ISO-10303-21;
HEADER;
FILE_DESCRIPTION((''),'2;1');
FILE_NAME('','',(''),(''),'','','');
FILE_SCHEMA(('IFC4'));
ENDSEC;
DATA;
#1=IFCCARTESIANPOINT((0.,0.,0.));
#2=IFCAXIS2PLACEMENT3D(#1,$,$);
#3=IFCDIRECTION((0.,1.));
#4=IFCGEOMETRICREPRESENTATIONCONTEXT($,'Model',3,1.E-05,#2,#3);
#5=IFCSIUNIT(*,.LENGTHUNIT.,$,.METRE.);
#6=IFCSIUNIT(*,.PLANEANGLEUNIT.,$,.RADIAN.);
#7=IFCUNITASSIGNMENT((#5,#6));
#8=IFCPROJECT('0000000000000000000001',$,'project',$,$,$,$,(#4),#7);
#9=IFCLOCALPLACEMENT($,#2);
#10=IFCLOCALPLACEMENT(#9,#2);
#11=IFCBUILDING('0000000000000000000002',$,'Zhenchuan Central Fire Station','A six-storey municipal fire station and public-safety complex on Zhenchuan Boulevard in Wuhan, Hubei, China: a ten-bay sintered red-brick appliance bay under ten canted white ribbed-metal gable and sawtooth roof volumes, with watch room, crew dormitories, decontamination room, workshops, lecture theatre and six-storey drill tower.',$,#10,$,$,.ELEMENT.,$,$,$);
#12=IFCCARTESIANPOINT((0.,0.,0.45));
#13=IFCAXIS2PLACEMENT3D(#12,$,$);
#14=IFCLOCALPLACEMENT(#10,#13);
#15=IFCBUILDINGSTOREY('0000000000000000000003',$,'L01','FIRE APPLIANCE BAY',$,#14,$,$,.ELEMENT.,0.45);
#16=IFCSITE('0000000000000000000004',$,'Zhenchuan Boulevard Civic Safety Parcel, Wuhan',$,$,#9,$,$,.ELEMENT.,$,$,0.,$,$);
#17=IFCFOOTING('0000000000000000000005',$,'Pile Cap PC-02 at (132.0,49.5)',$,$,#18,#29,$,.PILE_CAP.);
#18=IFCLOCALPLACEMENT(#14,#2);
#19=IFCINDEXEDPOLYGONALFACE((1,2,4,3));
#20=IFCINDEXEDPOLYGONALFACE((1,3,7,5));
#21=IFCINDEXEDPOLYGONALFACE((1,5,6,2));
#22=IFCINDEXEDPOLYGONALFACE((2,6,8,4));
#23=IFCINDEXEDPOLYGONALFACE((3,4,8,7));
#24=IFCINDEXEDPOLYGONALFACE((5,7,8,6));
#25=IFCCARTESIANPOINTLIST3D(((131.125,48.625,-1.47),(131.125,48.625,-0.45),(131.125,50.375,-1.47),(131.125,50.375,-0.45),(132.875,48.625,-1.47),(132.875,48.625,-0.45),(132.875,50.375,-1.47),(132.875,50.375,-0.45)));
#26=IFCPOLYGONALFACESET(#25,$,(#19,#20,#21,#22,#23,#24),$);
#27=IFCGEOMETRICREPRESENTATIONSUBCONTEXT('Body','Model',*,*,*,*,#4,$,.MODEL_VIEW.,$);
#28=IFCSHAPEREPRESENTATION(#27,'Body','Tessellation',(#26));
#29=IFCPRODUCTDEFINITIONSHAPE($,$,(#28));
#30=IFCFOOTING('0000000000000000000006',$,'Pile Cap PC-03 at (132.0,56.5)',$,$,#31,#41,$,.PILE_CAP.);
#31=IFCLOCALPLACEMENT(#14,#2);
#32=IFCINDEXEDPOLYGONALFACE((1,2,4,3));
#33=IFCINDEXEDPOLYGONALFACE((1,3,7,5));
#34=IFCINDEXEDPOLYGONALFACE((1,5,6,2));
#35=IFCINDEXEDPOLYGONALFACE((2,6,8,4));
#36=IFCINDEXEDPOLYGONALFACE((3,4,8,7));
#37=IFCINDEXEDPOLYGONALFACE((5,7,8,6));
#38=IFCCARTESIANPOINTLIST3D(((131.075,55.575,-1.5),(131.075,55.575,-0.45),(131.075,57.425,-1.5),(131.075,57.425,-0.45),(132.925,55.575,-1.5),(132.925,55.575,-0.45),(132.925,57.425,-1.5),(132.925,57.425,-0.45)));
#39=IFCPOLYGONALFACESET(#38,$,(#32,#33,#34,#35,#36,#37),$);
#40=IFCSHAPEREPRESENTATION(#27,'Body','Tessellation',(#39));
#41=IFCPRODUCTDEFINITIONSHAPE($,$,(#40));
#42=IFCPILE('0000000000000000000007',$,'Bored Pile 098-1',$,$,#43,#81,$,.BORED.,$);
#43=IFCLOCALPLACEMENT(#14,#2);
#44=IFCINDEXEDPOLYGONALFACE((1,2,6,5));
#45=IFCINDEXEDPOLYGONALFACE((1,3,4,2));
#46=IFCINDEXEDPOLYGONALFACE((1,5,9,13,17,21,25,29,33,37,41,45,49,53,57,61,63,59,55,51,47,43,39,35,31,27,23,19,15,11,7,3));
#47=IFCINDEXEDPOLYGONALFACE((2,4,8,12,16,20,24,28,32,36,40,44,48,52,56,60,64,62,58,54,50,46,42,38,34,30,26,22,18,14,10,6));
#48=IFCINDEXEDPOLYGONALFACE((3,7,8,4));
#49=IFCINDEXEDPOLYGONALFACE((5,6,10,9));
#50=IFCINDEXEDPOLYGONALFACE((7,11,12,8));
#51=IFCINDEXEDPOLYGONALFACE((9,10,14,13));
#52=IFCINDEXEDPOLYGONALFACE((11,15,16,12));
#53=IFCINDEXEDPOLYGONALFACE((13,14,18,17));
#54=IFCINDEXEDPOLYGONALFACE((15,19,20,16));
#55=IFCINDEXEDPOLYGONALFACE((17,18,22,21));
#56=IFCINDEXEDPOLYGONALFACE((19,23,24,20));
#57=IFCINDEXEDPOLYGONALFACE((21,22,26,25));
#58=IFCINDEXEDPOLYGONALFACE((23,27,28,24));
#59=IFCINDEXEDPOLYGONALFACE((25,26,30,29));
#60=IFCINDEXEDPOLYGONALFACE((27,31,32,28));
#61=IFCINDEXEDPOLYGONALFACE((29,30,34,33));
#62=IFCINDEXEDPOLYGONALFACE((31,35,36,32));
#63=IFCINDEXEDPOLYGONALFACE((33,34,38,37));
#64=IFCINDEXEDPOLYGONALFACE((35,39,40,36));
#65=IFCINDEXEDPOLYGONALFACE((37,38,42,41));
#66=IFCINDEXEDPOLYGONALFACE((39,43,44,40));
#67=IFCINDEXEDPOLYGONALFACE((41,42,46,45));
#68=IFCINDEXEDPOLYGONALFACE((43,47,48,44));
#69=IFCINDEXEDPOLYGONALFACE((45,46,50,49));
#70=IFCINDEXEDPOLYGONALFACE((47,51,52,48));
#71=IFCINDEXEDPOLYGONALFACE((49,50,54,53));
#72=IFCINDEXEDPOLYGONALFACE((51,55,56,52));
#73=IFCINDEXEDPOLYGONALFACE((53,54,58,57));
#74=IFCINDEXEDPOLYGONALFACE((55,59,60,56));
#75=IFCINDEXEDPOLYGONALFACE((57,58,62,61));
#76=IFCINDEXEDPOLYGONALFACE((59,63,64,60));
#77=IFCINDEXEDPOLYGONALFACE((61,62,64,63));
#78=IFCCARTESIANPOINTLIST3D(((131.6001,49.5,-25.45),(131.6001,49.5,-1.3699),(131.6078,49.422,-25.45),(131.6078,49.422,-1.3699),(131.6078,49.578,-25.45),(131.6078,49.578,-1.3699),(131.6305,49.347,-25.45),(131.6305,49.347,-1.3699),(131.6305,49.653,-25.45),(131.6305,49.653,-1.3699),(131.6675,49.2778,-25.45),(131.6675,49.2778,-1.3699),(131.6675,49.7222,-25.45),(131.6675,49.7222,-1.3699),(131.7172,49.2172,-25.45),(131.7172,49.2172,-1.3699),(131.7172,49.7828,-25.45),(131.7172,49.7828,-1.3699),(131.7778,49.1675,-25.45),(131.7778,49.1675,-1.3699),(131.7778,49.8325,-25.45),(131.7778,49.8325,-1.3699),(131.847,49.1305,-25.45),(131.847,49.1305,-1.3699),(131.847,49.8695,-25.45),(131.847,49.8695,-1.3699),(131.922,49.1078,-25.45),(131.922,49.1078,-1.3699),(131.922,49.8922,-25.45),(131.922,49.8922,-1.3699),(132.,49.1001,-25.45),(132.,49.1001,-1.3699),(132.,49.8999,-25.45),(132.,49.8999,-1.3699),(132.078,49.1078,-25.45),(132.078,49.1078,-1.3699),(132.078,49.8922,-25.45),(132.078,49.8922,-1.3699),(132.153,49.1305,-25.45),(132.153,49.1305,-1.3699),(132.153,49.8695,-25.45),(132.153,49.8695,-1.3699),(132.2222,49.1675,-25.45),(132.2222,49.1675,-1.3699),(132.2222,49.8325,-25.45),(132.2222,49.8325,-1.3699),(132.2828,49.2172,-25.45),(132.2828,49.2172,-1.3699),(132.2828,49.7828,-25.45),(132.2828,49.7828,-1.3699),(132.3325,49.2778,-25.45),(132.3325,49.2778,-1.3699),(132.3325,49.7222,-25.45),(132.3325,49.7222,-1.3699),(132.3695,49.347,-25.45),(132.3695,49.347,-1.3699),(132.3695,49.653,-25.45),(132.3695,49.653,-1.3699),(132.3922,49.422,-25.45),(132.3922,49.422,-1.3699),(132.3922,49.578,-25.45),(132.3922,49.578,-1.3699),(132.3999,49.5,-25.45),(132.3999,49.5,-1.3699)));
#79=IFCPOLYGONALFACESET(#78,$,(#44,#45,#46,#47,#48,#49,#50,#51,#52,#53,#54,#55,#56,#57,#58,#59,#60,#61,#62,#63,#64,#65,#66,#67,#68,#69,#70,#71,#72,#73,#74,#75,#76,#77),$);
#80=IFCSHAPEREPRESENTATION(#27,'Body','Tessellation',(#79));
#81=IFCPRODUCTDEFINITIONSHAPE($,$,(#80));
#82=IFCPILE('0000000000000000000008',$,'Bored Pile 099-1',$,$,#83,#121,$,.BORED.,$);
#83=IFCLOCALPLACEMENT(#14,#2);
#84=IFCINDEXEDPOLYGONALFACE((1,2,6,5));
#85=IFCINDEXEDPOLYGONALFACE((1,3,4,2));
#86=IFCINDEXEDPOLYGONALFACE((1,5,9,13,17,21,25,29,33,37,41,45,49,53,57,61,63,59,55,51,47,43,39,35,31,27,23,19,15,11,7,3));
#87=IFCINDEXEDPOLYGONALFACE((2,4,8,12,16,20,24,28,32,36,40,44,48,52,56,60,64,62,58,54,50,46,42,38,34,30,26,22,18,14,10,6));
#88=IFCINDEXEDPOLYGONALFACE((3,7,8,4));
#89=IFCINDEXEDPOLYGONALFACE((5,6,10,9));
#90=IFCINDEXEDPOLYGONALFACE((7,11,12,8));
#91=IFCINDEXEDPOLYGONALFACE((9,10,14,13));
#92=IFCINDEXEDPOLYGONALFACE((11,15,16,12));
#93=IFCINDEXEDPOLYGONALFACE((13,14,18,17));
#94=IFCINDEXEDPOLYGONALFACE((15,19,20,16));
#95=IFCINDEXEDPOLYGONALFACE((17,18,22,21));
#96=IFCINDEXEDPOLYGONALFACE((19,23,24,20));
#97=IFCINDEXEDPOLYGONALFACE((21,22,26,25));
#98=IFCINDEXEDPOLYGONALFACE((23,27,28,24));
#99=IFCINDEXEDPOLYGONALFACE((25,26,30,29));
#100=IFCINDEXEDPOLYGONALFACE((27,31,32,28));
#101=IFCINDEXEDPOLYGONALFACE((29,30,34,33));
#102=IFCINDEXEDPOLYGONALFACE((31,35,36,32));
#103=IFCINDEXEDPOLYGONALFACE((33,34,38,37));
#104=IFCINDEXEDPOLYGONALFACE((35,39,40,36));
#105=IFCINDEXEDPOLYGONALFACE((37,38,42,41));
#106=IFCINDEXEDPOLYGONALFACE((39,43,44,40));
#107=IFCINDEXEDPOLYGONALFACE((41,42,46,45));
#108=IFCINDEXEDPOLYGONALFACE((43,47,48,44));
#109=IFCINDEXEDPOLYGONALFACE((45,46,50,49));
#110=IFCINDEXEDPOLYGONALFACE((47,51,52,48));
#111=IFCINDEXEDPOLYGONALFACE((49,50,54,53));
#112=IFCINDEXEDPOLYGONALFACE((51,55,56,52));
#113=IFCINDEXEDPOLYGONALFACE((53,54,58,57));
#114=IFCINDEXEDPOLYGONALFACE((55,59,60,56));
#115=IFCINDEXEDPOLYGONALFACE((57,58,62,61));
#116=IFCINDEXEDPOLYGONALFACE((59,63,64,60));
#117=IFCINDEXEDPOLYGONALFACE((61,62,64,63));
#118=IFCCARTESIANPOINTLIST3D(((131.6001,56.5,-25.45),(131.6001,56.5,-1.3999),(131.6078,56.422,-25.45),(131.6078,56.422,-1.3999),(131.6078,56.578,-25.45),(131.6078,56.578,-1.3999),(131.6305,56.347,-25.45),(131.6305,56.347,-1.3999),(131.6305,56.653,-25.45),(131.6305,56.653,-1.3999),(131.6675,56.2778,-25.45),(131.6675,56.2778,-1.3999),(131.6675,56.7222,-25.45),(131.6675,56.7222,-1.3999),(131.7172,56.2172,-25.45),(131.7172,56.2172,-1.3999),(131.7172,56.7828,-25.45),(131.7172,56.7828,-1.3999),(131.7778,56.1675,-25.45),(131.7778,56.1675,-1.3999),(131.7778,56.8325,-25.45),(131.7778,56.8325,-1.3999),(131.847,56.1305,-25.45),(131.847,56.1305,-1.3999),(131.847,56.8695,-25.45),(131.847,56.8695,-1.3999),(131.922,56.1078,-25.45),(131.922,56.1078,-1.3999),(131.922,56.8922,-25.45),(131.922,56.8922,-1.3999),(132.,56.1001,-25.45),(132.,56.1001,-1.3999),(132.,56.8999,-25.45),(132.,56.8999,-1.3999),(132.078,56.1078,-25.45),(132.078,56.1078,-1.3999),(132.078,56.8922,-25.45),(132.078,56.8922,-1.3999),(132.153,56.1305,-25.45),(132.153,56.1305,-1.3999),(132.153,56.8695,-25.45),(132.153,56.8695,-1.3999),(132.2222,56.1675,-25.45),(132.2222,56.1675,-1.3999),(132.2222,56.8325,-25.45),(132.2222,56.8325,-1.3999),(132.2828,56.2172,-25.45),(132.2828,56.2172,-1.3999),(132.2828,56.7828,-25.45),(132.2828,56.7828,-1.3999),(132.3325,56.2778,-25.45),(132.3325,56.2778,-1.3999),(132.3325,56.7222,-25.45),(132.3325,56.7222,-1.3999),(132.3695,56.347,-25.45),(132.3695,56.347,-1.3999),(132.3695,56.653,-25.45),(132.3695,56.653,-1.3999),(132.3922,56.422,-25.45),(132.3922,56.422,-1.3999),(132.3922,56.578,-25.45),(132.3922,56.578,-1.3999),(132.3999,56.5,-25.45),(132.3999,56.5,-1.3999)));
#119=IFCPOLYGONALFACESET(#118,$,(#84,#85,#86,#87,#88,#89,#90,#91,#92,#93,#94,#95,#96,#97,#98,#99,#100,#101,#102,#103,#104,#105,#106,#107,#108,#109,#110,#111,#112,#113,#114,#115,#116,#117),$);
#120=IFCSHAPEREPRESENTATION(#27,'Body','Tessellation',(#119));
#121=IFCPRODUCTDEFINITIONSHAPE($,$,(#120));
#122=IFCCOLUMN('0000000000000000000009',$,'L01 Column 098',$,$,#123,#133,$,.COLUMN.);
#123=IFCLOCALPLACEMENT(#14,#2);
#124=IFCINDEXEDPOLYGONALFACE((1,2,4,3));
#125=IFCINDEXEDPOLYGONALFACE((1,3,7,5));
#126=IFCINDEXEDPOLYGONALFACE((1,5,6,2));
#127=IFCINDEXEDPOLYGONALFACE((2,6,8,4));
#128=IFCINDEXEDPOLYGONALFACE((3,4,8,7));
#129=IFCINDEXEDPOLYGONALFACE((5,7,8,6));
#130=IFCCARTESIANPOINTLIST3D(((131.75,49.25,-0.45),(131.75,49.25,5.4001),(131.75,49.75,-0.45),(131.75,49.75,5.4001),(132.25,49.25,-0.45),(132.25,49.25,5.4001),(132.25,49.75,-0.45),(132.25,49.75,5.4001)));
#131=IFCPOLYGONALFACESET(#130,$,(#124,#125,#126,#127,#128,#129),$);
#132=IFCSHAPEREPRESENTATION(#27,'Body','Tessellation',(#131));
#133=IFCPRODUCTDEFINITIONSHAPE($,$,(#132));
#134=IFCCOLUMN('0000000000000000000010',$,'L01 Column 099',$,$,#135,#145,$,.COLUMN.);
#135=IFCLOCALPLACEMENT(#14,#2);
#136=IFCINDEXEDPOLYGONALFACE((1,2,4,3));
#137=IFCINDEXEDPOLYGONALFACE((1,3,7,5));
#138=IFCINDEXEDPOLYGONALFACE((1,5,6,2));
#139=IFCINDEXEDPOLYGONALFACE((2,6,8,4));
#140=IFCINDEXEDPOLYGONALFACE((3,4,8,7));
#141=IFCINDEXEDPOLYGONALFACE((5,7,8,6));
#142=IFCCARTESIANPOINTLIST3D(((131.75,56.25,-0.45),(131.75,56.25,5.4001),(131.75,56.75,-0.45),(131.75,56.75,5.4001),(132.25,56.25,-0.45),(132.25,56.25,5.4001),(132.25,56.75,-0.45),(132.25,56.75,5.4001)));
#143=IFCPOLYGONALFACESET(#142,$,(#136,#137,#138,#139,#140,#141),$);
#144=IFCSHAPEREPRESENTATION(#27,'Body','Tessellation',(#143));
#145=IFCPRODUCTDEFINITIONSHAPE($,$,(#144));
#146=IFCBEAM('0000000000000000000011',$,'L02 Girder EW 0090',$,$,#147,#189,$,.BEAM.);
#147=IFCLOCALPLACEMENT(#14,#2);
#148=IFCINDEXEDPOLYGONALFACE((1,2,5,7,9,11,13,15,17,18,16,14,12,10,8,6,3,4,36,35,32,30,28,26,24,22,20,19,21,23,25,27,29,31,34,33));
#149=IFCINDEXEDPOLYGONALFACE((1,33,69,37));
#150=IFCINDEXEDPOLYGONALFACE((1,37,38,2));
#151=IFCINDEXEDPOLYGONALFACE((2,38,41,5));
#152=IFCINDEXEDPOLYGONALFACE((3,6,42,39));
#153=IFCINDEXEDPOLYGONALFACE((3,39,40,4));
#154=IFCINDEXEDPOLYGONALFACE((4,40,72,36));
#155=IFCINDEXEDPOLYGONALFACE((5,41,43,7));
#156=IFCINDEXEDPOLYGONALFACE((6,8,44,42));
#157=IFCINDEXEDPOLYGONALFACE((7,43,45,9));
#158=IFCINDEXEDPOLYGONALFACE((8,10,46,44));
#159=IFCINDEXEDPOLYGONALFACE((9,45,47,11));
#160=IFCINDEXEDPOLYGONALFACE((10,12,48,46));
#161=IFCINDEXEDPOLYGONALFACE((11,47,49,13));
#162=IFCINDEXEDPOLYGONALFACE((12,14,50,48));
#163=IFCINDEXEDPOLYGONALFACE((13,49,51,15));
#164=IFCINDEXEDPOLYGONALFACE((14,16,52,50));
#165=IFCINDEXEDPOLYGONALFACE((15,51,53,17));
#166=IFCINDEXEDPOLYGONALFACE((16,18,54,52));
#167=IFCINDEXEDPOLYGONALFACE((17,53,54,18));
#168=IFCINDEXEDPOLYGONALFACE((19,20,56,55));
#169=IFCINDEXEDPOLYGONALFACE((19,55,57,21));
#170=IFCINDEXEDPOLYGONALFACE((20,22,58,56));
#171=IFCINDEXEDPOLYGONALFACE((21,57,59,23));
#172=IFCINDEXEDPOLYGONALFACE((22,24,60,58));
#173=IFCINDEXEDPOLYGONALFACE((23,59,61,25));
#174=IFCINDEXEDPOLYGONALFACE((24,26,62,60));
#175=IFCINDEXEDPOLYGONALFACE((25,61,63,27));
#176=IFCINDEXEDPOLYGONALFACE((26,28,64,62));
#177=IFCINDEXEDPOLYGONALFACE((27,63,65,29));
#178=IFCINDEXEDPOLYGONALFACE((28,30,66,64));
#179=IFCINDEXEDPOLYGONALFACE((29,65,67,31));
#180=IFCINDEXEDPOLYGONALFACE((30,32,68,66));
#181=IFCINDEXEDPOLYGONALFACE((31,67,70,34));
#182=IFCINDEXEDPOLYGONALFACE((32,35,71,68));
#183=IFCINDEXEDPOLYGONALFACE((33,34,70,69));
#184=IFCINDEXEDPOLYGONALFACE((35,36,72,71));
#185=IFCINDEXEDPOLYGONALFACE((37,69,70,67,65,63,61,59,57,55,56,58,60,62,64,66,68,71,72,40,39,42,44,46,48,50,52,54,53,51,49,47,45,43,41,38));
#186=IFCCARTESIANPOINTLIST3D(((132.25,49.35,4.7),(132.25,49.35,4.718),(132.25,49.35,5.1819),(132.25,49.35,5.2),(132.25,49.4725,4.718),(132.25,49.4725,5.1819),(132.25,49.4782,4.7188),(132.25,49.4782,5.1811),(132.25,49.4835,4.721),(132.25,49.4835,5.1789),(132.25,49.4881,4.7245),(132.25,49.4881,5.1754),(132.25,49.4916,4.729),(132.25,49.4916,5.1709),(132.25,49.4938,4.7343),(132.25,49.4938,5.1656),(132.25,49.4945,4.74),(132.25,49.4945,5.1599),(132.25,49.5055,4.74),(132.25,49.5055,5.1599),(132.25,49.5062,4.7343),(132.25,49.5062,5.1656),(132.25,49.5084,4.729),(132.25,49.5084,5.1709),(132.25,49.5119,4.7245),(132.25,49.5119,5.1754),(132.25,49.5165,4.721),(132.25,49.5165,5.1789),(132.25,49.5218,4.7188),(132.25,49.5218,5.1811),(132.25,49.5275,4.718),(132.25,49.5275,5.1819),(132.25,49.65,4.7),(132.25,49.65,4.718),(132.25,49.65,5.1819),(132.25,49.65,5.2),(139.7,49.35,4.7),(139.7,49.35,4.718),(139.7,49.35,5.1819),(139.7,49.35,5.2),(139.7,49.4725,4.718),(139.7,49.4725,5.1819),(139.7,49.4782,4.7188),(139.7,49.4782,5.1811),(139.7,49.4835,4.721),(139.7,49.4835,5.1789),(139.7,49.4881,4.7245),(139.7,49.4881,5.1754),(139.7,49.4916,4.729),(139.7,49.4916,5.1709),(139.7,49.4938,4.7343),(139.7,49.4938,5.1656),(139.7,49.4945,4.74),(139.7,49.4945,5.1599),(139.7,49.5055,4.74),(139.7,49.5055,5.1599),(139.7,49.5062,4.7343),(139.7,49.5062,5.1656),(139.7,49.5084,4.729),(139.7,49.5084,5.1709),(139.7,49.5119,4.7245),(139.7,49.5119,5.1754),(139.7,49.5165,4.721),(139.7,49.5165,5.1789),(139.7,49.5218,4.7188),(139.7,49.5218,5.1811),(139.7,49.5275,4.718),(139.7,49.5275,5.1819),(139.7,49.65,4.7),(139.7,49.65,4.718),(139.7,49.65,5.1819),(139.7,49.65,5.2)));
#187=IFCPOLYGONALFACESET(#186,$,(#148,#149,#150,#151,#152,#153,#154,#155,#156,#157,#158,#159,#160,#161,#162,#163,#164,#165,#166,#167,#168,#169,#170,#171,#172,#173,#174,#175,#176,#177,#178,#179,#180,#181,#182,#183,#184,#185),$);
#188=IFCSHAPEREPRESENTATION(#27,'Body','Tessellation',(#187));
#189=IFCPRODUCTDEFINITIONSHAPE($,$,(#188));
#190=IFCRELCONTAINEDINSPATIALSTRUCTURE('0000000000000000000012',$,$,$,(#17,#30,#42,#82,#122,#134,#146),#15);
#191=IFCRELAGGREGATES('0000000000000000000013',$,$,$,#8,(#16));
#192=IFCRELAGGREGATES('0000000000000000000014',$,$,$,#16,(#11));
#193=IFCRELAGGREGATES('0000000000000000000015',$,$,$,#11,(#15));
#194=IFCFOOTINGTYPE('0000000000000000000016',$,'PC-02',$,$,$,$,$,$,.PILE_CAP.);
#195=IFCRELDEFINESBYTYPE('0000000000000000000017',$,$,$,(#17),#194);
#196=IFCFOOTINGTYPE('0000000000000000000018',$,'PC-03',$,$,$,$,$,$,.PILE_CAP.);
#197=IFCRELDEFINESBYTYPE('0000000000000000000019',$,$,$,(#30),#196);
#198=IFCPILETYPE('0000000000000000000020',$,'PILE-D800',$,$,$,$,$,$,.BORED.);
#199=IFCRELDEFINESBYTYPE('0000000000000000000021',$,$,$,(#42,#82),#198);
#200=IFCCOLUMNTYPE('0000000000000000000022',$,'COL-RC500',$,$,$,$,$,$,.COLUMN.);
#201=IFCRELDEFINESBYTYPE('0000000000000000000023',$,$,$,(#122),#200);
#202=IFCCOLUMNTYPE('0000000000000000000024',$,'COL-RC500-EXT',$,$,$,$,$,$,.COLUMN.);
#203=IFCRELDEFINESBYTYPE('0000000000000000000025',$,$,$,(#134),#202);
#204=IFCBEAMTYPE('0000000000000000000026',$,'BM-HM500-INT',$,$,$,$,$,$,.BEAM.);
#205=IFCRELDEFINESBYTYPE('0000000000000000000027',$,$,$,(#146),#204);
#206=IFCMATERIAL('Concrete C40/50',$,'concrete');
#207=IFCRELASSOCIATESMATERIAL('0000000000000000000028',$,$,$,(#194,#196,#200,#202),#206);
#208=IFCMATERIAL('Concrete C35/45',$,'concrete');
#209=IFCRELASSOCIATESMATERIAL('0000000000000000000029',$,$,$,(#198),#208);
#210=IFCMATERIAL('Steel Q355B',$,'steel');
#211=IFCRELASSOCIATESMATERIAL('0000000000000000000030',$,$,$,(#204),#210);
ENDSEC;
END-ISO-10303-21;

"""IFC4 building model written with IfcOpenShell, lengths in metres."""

from ifc_helpers import new_model, si_unit, direction, frame, origin, origin_2d, place, context, subcontext, project, spatial, rectangle, circle, i_section, extrude, material, material_profile, profile_set, type_object, element, save


model = new_model("IFC4")

# Units and contexts
model_context = context("Model", 3, precision=1e-05, world=origin(), true_north=direction((0.0, 1.0)))
body_context = subcontext(model_context, "Body", "Model", "MODEL_VIEW")
ifc_project = project(units=[si_unit("LENGTHUNIT", "METRE"), si_unit("PLANEANGLEUNIT", "RADIAN")], contexts=[model_context])

# Site, building, storey
site_placement = place(None, origin())
site = spatial("IfcSite", under=ifc_project, at=site_placement, Name="Zhenchuan Boulevard Civic Safety Parcel, Wuhan", CompositionType="ELEMENT", RefElevation=0.0)
building_placement = place(site_placement, origin())
building = spatial("IfcBuilding", under=site, at=building_placement, Name="Zhenchuan Central Fire Station", Description="A six-storey municipal fire station and public-safety complex on Zhenchuan Boulevard in Wuhan, Hubei, China: a ten-bay sintered red-brick appliance bay under ten canted white ribbed-metal gable and sawtooth roof volumes, with watch room, crew dormitories, decontamination room, workshops, lecture theatre and six-storey drill tower.", CompositionType="ELEMENT")
storey_placement = place(building_placement, frame((0.0, 0.0, 0.45)))
storey = spatial("IfcBuildingStorey", under=building, at=storey_placement, Name="L01", Description="FIRE APPLIANCE BAY", CompositionType="ELEMENT", Elevation=0.45)

# Footings
ifc_material_1 = material(Name="Concrete C40/50", Category="concrete")
footing_type_1 = type_object("IfcFootingType", Name="PC-02", PredefinedType="PILE_CAP", material=ifc_material_1)
footing_1_placement = place(storey_placement, frame((132.0, 49.5, -1.47), z_axis=(0.0, 0.0, 1.0), x_axis=(1.0, 0.0, 0.0)))
element("IfcFooting", 1, at=footing_1_placement, inside=storey, type_object=footing_type_1, Name="Pile Cap PC-02 at (132.0,49.5)", PredefinedType="PILE_CAP", context=body_context, shape_type="SweptSolid", body=[
    extrude(rectangle(XDim=1.75, YDim=1.75, at=origin_2d()), origin(), (0.0, 0.0, 1.0), 1.02),
])
footing_type_2 = type_object("IfcFootingType", Name="PC-03", PredefinedType="PILE_CAP", material=ifc_material_1)
footing_2_placement = place(storey_placement, frame((132.0, 56.5, -1.5), z_axis=(0.0, 0.0, 1.0), x_axis=(1.0, 0.0, 0.0)))
element("IfcFooting", 2, at=footing_2_placement, inside=storey, type_object=footing_type_2, Name="Pile Cap PC-03 at (132.0,56.5)", PredefinedType="PILE_CAP", context=body_context, shape_type="SweptSolid", body=[
    extrude(rectangle(XDim=1.8501, YDim=1.8501, at=origin_2d()), origin(), (0.0, 0.0, 1.0), 1.05),
])

# Piles
ifc_material_2 = material(Name="Concrete C35/45", Category="concrete")
ifc_material_profile_1 = material_profile(ifc_material_2, circle(Radius=0.3999, at=origin_2d()), Name="PILE D800")
ifc_profile_set_1 = profile_set([ifc_material_profile_1], Name="Concrete C35/45")
pile_type = type_object("IfcPileType", Name="PILE-D800", PredefinedType="BORED", material=ifc_profile_set_1)
pile_1_placement = place(storey_placement, frame((132.0, 49.5, -1.3699), z_axis=(0.0, 0.0, -1.0), x_axis=(1.0, 0.0, 0.0)))
element("IfcPile", 3, at=pile_1_placement, inside=storey, type_object=pile_type, Name="Bored Pile 098-1", PredefinedType="BORED", context=body_context, shape_type="SweptSolid", body=[
    extrude(circle(Radius=0.3999, at=origin_2d()), origin(), (0.0, 0.0, 1.0), 24.0801),
])
pile_2_placement = place(storey_placement, frame((132.0, 56.5, -1.3999), z_axis=(0.0, 0.0, -1.0), x_axis=(1.0, 0.0, 0.0)))
element("IfcPile", 4, at=pile_2_placement, inside=storey, type_object=pile_type, Name="Bored Pile 099-1", PredefinedType="BORED", context=body_context, shape_type="SweptSolid", body=[
    extrude(circle(Radius=0.3999, at=origin_2d()), origin(), (0.0, 0.0, 1.0), 24.05),
])

# Columns
ifc_material_profile_2 = material_profile(ifc_material_1, rectangle(XDim=0.5, YDim=0.5, at=origin_2d()), Name="RC 500x500")
ifc_profile_set_2 = profile_set([ifc_material_profile_2], Name="Concrete C40/50")
column_type_1 = type_object("IfcColumnType", Name="COL-RC500", PredefinedType="COLUMN", material=ifc_profile_set_2)
column_1_placement = place(storey_placement, frame((132.0, 49.5, -0.45), z_axis=(0.0, 0.0, 1.0), x_axis=(1.0, 0.0, 0.0)))
element("IfcColumn", 5, at=column_1_placement, inside=storey, type_object=column_type_1, Name="L01 Column 098", PredefinedType="COLUMN", context=body_context, shape_type="SweptSolid", body=[
    extrude(rectangle(XDim=0.5, YDim=0.5, at=origin_2d()), origin(), (0.0, 0.0, 1.0), 5.8501),
])
ifc_material_profile_3 = material_profile(ifc_material_1, rectangle(XDim=0.5, YDim=0.5, at=origin_2d()), Name="RC 500x500")
ifc_profile_set_3 = profile_set([ifc_material_profile_3], Name="Concrete C40/50")
column_type_2 = type_object("IfcColumnType", Name="COL-RC500-EXT", PredefinedType="COLUMN", material=ifc_profile_set_3)
column_2_placement = place(storey_placement, frame((132.0, 56.5, -0.45), z_axis=(0.0, 0.0, 1.0), x_axis=(1.0, 0.0, 0.0)))
element("IfcColumn", 6, at=column_2_placement, inside=storey, type_object=column_type_2, Name="L01 Column 099", PredefinedType="COLUMN", context=body_context, shape_type="SweptSolid", body=[
    extrude(rectangle(XDim=0.5, YDim=0.5, at=origin_2d()), origin(), (0.0, 0.0, 1.0), 5.8501),
])

# Beam
ifc_material_3 = material(Name="Steel Q355B", Category="steel")
ifc_material_profile_4 = material_profile(ifc_material_3, i_section(OverallWidth=0.3, OverallDepth=0.5, WebThickness=0.011, FlangeThickness=0.0181, FilletRadius=0.022, at=origin_2d()), Name="HM 500x300")
ifc_profile_set_4 = profile_set([ifc_material_profile_4], Name="Steel Q355B")
beam_type_1 = type_object("IfcBeamType", Name="BM-HM500-INT", PredefinedType="BEAM", material=ifc_profile_set_4)
beam_1_placement = place(storey_placement, frame((132.25, 49.5, 4.95), z_axis=(1.0, 0.0, 0.0), x_axis=(0.0, 1.0, 0.0)))
element("IfcBeam", 7, at=beam_1_placement, inside=storey, type_object=beam_type_1, Name="L02 Girder EW 0090", PredefinedType="BEAM", context=body_context, shape_type="SweptSolid", body=[
    extrude(i_section(OverallWidth=0.3, OverallDepth=0.5, WebThickness=0.011, FlangeThickness=0.0181, FilletRadius=0.022, at=origin_2d()), origin(), (0.0, 0.0, 1.0), 7.45),
])

save(model, "model.ifc")
